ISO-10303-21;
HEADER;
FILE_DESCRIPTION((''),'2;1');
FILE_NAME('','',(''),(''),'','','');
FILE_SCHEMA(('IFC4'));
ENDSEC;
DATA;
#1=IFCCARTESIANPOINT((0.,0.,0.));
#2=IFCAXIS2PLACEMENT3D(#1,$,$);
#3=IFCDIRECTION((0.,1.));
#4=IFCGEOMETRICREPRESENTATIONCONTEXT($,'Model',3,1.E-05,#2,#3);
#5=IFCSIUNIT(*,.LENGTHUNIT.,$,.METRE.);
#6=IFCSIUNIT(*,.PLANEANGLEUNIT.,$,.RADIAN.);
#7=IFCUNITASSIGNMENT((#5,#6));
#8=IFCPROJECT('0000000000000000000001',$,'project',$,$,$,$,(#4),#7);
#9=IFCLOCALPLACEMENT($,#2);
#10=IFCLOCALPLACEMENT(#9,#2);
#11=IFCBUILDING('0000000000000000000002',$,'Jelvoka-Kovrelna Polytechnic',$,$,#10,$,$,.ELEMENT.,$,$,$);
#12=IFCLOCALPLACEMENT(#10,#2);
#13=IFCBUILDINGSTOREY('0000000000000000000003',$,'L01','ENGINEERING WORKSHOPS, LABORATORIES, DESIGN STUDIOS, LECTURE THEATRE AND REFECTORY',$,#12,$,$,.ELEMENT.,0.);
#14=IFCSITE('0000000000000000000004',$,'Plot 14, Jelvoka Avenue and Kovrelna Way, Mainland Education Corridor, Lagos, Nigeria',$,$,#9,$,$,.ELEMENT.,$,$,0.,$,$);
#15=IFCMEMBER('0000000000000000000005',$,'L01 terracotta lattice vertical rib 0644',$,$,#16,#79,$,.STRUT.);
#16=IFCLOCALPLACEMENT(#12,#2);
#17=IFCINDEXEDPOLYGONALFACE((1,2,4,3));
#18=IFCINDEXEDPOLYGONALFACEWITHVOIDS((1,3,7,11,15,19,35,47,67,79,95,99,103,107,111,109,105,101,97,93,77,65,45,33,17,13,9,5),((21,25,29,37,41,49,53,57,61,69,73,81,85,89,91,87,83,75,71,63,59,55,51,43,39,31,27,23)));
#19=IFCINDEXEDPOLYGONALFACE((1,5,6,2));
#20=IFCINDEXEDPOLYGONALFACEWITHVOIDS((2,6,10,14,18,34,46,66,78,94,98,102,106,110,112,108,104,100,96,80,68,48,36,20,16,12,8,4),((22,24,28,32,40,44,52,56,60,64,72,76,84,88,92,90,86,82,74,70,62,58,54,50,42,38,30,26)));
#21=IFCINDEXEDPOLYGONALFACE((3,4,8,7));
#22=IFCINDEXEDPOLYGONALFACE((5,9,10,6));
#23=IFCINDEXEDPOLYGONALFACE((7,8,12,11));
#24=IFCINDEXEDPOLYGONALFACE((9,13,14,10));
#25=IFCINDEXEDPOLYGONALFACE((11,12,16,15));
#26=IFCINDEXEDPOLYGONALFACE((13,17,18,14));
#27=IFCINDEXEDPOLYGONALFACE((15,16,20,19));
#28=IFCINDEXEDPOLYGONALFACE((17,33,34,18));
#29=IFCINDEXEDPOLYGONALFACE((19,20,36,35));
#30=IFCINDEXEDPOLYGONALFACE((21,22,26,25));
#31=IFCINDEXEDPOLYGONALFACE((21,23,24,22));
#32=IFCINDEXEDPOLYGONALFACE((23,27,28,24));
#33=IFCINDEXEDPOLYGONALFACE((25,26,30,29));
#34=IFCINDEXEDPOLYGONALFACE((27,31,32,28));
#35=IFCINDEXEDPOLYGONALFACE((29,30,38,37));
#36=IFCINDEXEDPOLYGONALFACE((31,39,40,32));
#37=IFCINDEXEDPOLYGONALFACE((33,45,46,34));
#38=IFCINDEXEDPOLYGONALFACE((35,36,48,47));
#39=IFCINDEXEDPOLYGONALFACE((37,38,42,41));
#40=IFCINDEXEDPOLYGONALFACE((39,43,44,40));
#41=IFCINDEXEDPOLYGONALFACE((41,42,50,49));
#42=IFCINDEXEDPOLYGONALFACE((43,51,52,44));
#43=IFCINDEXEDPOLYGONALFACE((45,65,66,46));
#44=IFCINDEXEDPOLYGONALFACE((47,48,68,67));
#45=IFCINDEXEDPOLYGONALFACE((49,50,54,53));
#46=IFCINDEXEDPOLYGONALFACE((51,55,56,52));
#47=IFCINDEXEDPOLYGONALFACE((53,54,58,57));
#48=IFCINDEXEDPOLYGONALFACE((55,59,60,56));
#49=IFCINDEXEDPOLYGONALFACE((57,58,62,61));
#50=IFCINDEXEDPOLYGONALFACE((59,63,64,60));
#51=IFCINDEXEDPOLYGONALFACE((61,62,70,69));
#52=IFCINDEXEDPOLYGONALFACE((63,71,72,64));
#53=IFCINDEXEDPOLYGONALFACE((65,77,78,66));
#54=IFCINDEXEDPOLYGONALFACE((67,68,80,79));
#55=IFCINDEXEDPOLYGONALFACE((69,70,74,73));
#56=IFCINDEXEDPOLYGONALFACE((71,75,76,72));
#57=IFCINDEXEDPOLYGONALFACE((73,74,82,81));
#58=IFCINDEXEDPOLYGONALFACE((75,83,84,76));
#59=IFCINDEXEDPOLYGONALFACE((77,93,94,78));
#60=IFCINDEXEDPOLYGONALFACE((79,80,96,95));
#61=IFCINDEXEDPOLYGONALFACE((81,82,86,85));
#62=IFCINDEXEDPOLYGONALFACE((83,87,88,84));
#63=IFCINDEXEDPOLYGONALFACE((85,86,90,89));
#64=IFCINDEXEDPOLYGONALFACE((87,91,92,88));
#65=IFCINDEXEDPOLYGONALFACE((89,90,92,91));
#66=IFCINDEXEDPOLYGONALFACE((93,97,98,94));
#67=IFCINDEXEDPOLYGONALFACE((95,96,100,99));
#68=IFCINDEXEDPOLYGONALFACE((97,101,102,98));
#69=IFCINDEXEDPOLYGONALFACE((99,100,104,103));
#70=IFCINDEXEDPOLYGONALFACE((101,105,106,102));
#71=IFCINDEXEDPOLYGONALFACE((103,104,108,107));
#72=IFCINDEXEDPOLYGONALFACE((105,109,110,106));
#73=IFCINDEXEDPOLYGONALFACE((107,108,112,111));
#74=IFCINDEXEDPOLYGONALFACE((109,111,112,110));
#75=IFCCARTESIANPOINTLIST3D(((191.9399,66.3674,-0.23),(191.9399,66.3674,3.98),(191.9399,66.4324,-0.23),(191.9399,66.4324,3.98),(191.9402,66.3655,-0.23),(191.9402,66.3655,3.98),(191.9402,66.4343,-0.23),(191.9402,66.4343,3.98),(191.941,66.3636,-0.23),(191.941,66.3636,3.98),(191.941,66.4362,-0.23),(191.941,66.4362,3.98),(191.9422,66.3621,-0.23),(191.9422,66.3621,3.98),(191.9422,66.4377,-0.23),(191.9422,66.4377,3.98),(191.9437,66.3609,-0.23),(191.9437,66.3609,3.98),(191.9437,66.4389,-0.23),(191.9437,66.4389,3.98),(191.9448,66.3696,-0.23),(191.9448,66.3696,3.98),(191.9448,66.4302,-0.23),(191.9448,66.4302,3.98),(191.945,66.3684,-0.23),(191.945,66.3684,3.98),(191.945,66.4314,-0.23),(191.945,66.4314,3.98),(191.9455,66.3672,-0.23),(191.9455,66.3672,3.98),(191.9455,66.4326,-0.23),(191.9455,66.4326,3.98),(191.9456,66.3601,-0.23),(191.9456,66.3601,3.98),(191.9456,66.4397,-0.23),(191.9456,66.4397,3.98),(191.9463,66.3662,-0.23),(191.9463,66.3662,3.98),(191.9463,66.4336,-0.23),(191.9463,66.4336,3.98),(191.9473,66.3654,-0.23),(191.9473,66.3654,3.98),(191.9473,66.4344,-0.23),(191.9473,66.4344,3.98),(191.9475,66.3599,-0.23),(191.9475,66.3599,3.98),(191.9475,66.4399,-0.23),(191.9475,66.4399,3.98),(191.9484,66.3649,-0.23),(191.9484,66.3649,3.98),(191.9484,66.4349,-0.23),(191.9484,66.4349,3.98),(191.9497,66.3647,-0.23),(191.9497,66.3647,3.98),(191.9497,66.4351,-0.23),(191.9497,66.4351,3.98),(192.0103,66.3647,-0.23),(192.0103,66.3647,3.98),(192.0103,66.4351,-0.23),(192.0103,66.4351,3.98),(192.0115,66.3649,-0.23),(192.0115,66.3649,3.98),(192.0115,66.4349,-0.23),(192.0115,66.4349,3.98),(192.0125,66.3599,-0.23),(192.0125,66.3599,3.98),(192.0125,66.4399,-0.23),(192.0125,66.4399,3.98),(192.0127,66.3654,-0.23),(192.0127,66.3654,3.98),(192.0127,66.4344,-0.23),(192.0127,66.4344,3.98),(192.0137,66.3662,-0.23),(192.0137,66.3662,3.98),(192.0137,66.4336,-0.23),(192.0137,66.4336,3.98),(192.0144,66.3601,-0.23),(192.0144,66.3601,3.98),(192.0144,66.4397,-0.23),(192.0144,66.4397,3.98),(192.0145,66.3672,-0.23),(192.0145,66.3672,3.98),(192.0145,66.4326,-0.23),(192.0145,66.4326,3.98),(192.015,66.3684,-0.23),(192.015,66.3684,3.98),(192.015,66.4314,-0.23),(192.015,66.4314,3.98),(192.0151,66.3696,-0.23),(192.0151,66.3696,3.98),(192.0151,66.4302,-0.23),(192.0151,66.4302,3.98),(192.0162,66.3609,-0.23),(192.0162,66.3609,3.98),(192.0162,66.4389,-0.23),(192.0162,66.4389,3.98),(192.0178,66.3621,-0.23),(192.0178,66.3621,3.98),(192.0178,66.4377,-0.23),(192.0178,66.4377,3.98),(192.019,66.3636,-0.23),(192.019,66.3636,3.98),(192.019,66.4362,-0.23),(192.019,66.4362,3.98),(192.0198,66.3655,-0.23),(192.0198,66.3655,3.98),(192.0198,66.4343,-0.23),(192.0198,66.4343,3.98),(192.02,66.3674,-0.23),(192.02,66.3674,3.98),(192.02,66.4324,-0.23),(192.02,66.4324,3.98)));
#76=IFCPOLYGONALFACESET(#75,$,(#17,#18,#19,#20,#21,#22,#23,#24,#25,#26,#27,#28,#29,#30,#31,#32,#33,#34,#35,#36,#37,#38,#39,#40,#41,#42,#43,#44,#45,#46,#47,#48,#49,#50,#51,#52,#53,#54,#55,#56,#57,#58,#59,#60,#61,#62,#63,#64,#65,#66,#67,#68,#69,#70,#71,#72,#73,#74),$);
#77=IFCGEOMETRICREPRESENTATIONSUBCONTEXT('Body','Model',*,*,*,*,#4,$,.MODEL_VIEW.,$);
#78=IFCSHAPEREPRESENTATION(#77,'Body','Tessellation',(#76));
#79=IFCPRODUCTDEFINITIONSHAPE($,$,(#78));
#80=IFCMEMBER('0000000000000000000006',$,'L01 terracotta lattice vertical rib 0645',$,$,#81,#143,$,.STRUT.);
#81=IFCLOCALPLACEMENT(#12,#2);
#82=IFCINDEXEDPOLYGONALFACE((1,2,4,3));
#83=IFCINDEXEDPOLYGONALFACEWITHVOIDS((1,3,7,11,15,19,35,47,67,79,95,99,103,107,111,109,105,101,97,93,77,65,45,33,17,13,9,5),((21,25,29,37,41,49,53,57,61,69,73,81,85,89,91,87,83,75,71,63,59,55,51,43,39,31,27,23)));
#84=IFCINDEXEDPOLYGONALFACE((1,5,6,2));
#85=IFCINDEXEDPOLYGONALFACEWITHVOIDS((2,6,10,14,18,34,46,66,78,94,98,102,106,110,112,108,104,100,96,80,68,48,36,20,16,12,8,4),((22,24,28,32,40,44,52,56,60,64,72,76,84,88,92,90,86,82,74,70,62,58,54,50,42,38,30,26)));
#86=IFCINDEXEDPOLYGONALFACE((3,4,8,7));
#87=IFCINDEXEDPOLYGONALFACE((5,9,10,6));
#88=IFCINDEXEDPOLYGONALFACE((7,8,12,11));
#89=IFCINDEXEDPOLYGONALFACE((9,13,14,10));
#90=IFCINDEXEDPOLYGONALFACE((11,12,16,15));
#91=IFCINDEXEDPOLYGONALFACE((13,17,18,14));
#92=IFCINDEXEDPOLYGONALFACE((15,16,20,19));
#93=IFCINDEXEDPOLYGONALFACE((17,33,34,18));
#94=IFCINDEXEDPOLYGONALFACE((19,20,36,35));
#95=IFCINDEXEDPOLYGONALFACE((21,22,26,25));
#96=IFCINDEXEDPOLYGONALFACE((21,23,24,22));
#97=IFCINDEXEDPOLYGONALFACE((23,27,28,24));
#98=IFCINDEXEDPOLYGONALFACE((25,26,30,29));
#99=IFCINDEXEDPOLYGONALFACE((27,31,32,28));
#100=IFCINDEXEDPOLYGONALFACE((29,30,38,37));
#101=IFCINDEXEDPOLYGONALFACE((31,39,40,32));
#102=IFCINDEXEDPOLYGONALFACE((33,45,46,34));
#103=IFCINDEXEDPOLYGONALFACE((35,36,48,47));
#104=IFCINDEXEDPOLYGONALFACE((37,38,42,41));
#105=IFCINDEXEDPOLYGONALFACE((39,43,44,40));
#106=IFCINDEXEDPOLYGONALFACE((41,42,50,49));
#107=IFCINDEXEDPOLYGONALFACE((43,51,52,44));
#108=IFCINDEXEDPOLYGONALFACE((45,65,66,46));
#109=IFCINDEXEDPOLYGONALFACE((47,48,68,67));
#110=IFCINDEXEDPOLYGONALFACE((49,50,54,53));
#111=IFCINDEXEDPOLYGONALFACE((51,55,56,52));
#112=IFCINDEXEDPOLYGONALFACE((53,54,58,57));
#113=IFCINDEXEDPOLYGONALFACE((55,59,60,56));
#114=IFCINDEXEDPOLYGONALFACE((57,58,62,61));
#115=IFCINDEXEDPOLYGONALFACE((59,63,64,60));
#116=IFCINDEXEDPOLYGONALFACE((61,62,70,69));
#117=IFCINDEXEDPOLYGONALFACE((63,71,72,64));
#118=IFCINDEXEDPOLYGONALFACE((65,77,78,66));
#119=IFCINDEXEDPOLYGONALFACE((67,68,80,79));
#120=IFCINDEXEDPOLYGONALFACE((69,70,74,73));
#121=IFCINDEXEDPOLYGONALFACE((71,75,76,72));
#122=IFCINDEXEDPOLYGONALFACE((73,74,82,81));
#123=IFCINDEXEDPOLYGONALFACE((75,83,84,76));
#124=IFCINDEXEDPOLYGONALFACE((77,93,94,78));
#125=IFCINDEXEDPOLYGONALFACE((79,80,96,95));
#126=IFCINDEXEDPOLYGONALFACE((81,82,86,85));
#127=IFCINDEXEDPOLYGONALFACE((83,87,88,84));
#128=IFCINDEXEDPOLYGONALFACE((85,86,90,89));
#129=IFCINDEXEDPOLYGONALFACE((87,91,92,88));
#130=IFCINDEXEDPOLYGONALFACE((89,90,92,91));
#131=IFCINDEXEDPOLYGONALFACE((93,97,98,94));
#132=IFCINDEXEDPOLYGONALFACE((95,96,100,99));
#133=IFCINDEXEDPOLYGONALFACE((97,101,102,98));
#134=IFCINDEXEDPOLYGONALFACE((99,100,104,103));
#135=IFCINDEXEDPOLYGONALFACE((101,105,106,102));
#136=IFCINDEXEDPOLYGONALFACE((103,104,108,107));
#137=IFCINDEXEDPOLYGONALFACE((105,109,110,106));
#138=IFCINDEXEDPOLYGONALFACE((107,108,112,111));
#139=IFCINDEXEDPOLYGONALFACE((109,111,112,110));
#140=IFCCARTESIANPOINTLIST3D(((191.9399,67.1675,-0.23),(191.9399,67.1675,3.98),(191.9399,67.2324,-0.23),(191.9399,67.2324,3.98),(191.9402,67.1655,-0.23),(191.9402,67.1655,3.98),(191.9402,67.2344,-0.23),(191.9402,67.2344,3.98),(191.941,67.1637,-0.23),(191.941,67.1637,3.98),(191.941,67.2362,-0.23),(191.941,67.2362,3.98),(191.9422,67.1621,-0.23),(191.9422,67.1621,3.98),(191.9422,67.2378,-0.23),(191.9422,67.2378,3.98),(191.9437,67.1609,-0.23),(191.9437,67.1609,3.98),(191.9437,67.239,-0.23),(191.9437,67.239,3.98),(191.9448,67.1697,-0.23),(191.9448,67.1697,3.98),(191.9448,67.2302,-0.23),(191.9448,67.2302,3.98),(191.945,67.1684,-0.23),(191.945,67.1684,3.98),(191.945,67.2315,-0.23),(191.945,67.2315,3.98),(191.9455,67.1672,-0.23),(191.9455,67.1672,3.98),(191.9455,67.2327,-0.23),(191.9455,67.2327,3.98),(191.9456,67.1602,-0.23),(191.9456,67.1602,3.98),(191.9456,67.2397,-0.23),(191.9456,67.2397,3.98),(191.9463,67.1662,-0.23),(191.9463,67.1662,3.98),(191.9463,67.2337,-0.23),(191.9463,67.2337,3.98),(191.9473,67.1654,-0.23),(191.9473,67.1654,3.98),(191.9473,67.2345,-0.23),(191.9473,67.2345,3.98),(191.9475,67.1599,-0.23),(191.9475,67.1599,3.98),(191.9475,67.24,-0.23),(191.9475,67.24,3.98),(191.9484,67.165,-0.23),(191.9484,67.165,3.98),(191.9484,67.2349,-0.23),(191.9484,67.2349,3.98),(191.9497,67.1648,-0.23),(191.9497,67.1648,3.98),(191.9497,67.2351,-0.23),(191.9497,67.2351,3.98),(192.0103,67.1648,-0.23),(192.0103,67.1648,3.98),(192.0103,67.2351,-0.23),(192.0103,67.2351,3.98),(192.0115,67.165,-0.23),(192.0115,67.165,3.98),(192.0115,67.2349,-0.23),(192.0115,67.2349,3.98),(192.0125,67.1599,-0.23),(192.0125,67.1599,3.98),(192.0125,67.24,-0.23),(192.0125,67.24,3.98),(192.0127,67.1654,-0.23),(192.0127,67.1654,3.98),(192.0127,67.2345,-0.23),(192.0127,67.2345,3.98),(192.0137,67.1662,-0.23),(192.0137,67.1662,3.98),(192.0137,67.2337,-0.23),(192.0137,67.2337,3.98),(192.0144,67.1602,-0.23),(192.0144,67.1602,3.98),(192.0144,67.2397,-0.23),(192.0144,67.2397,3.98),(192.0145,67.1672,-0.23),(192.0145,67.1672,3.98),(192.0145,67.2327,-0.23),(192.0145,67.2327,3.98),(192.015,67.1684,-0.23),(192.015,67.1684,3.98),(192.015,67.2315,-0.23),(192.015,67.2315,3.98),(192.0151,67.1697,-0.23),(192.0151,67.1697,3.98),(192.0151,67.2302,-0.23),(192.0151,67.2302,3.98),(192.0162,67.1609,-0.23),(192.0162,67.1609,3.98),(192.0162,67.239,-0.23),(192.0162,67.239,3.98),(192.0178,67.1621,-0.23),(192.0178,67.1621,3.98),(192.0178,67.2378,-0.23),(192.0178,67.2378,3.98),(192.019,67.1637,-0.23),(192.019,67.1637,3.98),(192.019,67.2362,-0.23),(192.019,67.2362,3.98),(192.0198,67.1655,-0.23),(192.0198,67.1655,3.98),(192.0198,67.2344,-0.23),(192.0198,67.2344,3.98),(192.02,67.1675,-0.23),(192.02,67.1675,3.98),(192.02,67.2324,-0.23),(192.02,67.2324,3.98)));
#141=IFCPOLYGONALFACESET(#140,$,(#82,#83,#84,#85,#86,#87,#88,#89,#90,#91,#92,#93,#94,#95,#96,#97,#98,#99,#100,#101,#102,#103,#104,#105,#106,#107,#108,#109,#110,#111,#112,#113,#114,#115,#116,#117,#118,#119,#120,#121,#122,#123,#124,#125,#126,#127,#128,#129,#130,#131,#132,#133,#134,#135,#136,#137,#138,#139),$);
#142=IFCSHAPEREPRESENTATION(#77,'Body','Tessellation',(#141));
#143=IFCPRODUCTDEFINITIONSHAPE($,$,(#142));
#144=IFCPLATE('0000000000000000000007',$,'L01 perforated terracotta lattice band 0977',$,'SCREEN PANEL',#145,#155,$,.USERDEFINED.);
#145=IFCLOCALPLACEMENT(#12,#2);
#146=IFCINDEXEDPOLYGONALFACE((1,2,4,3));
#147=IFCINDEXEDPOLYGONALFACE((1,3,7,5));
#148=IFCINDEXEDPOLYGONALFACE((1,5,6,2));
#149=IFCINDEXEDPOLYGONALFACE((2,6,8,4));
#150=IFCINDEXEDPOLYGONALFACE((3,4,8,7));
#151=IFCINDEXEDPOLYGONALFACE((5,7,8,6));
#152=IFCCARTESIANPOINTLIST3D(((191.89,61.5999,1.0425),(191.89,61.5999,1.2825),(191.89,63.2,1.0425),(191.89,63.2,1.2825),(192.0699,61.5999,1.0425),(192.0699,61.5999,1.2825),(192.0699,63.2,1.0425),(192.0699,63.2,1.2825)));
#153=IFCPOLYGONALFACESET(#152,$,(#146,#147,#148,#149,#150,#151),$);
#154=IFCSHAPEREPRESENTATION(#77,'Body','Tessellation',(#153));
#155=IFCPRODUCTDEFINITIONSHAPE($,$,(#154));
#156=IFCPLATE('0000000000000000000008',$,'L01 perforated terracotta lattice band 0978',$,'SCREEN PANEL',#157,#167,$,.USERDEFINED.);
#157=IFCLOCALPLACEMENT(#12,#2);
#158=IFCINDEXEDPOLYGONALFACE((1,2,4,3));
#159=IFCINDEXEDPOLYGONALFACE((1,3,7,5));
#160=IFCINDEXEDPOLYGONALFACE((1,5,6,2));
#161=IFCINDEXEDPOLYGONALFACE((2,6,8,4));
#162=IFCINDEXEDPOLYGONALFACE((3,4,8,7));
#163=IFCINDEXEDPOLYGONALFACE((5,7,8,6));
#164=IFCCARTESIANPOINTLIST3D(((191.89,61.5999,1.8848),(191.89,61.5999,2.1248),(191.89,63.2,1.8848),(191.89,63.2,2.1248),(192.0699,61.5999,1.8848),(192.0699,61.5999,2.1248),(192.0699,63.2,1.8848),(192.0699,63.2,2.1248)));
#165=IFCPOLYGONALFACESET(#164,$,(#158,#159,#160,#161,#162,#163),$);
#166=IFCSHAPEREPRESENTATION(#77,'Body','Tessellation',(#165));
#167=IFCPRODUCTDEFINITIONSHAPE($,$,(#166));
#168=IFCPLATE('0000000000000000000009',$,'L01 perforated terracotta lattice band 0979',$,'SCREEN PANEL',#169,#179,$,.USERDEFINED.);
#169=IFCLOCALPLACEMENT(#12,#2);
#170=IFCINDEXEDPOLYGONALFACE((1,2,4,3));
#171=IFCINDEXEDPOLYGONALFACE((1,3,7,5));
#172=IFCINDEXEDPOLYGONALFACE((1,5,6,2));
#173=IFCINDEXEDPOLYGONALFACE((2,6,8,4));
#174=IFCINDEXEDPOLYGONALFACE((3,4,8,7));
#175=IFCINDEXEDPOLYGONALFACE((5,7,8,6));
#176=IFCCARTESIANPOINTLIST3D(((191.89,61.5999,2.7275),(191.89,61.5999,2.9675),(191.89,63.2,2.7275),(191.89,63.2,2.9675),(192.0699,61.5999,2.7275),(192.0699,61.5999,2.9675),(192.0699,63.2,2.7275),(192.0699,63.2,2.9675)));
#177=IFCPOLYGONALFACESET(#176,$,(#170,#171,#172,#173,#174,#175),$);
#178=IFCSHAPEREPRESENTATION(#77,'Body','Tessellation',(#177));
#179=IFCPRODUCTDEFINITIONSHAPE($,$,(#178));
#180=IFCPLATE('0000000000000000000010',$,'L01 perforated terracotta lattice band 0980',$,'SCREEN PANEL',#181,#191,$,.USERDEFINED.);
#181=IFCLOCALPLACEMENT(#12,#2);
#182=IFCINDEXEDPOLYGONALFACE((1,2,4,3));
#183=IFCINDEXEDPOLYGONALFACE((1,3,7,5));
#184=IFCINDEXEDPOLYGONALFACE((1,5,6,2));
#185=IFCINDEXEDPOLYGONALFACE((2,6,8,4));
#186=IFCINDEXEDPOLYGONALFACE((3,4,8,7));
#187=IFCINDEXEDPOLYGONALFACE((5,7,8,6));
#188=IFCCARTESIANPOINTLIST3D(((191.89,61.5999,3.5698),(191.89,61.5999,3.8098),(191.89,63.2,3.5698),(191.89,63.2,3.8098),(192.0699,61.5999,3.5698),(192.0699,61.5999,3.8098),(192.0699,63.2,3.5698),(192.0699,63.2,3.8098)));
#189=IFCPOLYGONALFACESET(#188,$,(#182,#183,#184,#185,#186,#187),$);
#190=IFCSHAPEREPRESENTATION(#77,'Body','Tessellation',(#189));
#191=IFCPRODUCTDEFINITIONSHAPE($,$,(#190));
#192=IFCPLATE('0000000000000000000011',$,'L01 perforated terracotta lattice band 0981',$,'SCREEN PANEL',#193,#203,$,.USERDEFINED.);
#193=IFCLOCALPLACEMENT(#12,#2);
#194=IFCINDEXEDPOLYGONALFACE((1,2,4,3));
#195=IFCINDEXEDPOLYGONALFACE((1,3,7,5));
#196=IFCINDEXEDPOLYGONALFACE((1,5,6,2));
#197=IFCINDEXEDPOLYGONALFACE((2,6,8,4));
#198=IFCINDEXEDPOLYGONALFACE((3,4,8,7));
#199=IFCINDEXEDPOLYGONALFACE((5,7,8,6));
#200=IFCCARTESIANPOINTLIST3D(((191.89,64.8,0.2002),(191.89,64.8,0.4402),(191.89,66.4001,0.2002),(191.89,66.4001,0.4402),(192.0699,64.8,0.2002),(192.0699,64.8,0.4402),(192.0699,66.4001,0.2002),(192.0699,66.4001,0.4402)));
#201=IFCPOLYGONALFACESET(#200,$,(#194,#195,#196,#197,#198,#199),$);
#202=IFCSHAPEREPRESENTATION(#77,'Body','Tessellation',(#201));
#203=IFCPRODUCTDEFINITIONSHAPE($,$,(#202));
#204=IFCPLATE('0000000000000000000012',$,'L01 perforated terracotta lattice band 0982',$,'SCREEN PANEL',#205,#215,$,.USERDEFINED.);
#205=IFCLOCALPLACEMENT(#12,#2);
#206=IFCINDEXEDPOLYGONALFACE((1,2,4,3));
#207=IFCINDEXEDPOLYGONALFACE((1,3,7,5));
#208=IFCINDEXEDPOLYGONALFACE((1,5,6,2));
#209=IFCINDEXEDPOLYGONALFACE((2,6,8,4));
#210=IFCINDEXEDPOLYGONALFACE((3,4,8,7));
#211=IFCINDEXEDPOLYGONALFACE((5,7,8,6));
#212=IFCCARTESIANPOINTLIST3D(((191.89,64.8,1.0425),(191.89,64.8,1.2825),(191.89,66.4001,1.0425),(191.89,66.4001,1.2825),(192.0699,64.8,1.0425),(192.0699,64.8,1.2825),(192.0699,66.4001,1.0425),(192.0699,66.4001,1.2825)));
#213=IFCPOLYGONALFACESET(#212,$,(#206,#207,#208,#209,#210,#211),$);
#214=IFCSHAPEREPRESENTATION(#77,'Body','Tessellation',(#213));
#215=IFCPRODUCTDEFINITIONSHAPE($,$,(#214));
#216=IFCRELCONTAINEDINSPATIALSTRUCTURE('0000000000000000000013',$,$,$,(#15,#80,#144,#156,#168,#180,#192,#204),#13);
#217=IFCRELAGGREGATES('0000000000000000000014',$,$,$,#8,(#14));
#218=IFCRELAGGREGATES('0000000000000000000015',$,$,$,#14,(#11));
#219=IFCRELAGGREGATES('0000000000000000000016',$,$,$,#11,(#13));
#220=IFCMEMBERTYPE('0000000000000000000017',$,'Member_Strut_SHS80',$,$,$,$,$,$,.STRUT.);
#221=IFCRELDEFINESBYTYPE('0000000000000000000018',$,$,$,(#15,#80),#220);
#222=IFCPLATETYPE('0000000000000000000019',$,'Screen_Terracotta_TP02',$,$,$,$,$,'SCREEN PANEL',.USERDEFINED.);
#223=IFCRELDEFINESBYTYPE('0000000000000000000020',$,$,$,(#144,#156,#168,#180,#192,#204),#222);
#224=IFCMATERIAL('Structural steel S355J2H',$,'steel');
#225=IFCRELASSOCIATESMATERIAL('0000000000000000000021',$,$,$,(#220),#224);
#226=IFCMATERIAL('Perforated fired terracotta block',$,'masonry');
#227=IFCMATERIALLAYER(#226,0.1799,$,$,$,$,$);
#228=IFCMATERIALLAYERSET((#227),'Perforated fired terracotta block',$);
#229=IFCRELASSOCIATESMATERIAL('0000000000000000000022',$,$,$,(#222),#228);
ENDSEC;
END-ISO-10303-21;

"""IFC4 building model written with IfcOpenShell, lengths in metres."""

from ifc_helpers import new_model, si_unit, direction, frame, origin, origin_2d, place, context, subcontext, project, spatial, rectangle, hollow_rectangle, extrude, material, layer, layer_set, material_profile, profile_set, type_object, element, save


model = new_model("IFC4")

# Units and contexts
model_context = context("Model", 3, precision=1e-05, world=origin(), true_north=direction((0.0, 1.0)))
body_context = subcontext(model_context, "Body", "Model", "MODEL_VIEW")
ifc_project = project(units=[si_unit("LENGTHUNIT", "METRE"), si_unit("PLANEANGLEUNIT", "RADIAN")], contexts=[model_context])

# Site, building, storey
site_placement = place(None, origin())
site = spatial("IfcSite", under=ifc_project, at=site_placement, Name="Plot 14, Jelvoka Avenue and Kovrelna Way, Mainland Education Corridor, Lagos, Nigeria", CompositionType="ELEMENT", RefElevation=0.0)
building_placement = place(site_placement, origin())
building = spatial("IfcBuilding", under=site, at=building_placement, Name="Jelvoka-Kovrelna Polytechnic", CompositionType="ELEMENT")
storey_placement = place(building_placement, origin())
storey = spatial("IfcBuildingStorey", under=building, at=storey_placement, Name="L01", Description="ENGINEERING WORKSHOPS, LABORATORIES, DESIGN STUDIOS, LECTURE THEATRE AND REFECTORY", CompositionType="ELEMENT", Elevation=0.0)

# Members
ifc_material_1 = material(Name="Structural steel S355J2H", Category="steel")
ifc_material_profile_1 = material_profile(ifc_material_1, hollow_rectangle(XDim=0.0801, YDim=0.0801, WallThickness=0.0049, InnerFilletRadius=0.0049, OuterFilletRadius=0.0076, at=origin_2d()), Name="80x80x5.0 SHS")
ifc_profile_set_1 = profile_set([ifc_material_profile_1], Name="Structural steel S355J2H")
member_type_1 = type_object("IfcMemberType", Name="Member_Strut_SHS80", PredefinedType="STRUT", material=ifc_profile_set_1)
for number, where, z_axis, x_axis, name in (
    (1, (191.98, 66.3999, -0.23), (0.0, 0.0, 1.0), (1.0, 0.0, 0.0), "L01 terracotta lattice vertical rib 0644"),
    (2, (191.98, 67.2, -0.23), (0.0, 0.0, 1.0), (1.0, 0.0, 0.0), "L01 terracotta lattice vertical rib 0645"),
):
    element("IfcMember", number, at=place(storey_placement, frame(where, z_axis=z_axis, x_axis=x_axis)), inside=storey, type_object=member_type_1, Name=name, PredefinedType="STRUT", context=body_context, shape_type="SweptSolid", body=[
        extrude(hollow_rectangle(XDim=0.0801, YDim=0.0801, WallThickness=0.0049, InnerFilletRadius=0.0049, OuterFilletRadius=0.0076, at=origin_2d()), origin(), (0.0, 0.0, 1.0), 4.21),
    ])

# Plates
ifc_material_2 = material(Name="Perforated fired terracotta block", Category="masonry")
ifc_layer_1 = layer(ifc_material_2, 0.1799)
ifc_layer_set_1 = layer_set([ifc_layer_1], Name="Perforated fired terracotta block")
plate_type = type_object("IfcPlateType", Name="Screen_Terracotta_TP02", ElementType="SCREEN PANEL", PredefinedType="USERDEFINED", material=ifc_layer_set_1)
for number, where, z_axis, x_axis, name in (
    (3, (191.98, 62.3999, 1.0425), (0.0, 0.0, 1.0), (0.0, 1.0, 0.0), "L01 perforated terracotta lattice band 0977"),
    (4, (191.98, 62.3999, 1.8848), (0.0, 0.0, 1.0), (0.0, 1.0, 0.0), "L01 perforated terracotta lattice band 0978"),
    (5, (191.98, 62.3999, 2.7275), (0.0, 0.0, 1.0), (0.0, 1.0, 0.0), "L01 perforated terracotta lattice band 0979"),
    (6, (191.98, 62.3999, 3.5698), (0.0, 0.0, 1.0), (0.0, 1.0, 0.0), "L01 perforated terracotta lattice band 0980"),
    (7, (191.98, 65.6001, 0.2002), (0.0, 0.0, 1.0), (0.0, 1.0, 0.0), "L01 perforated terracotta lattice band 0981"),
    (8, (191.98, 65.6001, 1.0425), (0.0, 0.0, 1.0), (0.0, 1.0, 0.0), "L01 perforated terracotta lattice band 0982"),
):
    element("IfcPlate", number, at=place(storey_placement, frame(where, z_axis=z_axis, x_axis=x_axis)), inside=storey, type_object=plate_type, Name=name, ObjectType="SCREEN PANEL", PredefinedType="USERDEFINED", context=body_context, shape_type="SweptSolid", body=[
        extrude(rectangle(XDim=1.6001, YDim=0.1799, at=origin_2d()), origin(), (0.0, 0.0, 1.0), 0.24),
    ])

save(model, "model.ifc")
